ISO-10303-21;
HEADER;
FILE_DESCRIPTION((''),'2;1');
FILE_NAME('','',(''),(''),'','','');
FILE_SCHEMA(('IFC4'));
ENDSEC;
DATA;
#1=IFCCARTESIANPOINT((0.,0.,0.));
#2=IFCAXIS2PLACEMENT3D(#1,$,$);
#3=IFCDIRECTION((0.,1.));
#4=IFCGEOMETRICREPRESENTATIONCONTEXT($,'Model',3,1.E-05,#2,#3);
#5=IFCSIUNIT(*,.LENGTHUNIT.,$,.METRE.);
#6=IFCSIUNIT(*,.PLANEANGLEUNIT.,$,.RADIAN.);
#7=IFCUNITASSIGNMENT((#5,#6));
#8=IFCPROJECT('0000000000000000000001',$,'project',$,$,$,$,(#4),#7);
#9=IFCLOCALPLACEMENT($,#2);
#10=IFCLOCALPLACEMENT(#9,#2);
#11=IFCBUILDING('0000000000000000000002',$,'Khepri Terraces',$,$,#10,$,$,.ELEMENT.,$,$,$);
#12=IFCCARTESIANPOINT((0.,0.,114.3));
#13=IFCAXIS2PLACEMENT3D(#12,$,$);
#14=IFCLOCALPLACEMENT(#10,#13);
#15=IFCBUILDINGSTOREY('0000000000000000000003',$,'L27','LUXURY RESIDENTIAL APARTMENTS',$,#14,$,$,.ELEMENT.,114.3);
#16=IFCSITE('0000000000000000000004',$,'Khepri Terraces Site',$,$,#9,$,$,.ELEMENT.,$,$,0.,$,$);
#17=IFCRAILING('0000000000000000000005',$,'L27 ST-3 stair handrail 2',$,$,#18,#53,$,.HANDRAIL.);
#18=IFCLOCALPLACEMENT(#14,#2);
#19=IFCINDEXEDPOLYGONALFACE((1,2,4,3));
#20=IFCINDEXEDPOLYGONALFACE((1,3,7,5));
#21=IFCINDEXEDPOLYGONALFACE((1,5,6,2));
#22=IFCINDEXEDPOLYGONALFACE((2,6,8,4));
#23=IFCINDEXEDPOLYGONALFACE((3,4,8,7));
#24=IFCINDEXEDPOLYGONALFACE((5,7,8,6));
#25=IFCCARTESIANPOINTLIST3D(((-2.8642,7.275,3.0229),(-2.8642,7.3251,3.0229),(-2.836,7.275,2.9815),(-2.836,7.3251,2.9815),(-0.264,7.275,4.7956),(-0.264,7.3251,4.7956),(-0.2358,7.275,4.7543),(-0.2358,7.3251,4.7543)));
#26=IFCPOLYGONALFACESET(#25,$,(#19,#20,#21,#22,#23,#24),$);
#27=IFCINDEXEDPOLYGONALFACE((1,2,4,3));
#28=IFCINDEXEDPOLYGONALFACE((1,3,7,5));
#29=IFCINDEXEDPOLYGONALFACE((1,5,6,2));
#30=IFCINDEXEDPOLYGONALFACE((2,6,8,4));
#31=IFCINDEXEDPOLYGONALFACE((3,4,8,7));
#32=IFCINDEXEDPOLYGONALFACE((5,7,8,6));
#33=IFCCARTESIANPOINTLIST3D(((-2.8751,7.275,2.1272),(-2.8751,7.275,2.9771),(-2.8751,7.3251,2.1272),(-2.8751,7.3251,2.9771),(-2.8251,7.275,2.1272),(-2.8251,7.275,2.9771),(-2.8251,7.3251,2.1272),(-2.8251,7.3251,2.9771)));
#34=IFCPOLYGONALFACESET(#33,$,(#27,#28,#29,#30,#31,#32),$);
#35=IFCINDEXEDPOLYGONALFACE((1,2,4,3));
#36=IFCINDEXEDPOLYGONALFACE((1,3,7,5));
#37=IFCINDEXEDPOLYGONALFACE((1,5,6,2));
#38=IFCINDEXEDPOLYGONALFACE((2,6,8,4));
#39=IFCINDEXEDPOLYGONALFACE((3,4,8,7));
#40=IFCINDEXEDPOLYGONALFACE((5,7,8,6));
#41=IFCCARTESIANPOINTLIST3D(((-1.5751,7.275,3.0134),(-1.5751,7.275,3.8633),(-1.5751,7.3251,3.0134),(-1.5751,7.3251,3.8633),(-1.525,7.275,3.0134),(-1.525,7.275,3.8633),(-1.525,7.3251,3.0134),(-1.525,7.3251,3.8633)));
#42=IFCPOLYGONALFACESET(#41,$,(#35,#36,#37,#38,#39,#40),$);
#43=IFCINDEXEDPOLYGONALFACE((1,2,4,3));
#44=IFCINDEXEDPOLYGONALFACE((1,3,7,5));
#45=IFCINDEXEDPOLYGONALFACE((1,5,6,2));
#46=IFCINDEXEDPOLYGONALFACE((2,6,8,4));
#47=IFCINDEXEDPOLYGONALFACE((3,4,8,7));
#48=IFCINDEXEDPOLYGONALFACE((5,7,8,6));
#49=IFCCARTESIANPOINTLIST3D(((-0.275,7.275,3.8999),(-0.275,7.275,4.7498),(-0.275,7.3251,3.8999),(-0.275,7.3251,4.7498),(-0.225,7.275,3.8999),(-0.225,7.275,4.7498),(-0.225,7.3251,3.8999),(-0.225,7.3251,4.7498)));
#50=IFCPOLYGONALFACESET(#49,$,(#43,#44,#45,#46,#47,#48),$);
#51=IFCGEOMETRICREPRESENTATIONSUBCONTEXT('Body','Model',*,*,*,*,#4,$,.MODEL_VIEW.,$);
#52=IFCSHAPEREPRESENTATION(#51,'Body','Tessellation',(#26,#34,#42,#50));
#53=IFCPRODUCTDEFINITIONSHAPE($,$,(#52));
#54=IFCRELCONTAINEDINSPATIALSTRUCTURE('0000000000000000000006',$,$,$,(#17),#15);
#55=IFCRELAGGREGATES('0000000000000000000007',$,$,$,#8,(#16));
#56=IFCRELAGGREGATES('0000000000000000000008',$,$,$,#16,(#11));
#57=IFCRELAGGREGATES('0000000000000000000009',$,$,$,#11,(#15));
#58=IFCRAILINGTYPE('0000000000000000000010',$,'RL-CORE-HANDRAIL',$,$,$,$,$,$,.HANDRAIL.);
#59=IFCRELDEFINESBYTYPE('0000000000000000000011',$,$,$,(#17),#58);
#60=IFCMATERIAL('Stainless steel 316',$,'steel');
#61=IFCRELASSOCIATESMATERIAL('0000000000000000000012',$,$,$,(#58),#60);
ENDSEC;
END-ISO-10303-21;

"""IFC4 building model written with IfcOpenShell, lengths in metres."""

from ifc_helpers import new_model, si_unit, direction, frame, origin, origin_2d, place, context, subcontext, project, spatial, rectangle, extrude, material, type_object, element, save


model = new_model("IFC4")

# Units and contexts
model_context = context("Model", 3, precision=1e-05, world=origin(), true_north=direction((0.0, 1.0)))
body_context = subcontext(model_context, "Body", "Model", "MODEL_VIEW")
ifc_project = project(units=[si_unit("LENGTHUNIT", "METRE"), si_unit("PLANEANGLEUNIT", "RADIAN")], contexts=[model_context])

# Site, building, storey
site_placement = place(None, origin())
site = spatial("IfcSite", under=ifc_project, at=site_placement, Name="Khepri Terraces Site", CompositionType="ELEMENT", RefElevation=0.0)
building_placement = place(site_placement, origin())
building = spatial("IfcBuilding", under=site, at=building_placement, Name="Khepri Terraces", CompositionType="ELEMENT")
storey_placement = place(building_placement, frame((0.0, 0.0, 114.3)))
storey = spatial("IfcBuildingStorey", under=building, at=storey_placement, Name="L27", Description="LUXURY RESIDENTIAL APARTMENTS", CompositionType="ELEMENT", Elevation=114.3)

# Railing
ifc_material_1 = material(Name="Stainless steel 316", Category="steel")
railing_type_1 = type_object("IfcRailingType", Name="RL-CORE-HANDRAIL", PredefinedType="HANDRAIL", material=ifc_material_1)
railing_1_placement = place(storey_placement, frame((-2.8501, 7.3, 2.1272)))
element("IfcRailing", 1, at=railing_1_placement, inside=storey, type_object=railing_type_1, Name="L27 ST-3 stair handrail 2", PredefinedType="HANDRAIL", context=body_context, shape_type="SweptSolid", body=[
    extrude(rectangle(XDim=0.05, YDim=0.05, at=origin_2d()), frame((0.0, 0.0, 0.875), z_axis=(0.82624, 0.0, 0.563318), x_axis=(0.0, 1.0, 0.0)), (0.0, 0.0, 1.0), 3.147),
    extrude(rectangle(XDim=0.05, YDim=0.05, at=origin_2d()), origin(), (0.0, 0.0, 1.0), 0.8499),
    extrude(rectangle(XDim=0.05, YDim=0.05, at=origin_2d()), frame((1.3, 0.0, 0.8862)), (0.0, 0.0, 1.0), 0.8499),
    extrude(rectangle(XDim=0.05, YDim=0.05, at=origin_2d()), frame((2.6001, 0.0, 1.7727)), (0.0, 0.0, 1.0), 0.8499),
])

save(model, "model.ifc")
